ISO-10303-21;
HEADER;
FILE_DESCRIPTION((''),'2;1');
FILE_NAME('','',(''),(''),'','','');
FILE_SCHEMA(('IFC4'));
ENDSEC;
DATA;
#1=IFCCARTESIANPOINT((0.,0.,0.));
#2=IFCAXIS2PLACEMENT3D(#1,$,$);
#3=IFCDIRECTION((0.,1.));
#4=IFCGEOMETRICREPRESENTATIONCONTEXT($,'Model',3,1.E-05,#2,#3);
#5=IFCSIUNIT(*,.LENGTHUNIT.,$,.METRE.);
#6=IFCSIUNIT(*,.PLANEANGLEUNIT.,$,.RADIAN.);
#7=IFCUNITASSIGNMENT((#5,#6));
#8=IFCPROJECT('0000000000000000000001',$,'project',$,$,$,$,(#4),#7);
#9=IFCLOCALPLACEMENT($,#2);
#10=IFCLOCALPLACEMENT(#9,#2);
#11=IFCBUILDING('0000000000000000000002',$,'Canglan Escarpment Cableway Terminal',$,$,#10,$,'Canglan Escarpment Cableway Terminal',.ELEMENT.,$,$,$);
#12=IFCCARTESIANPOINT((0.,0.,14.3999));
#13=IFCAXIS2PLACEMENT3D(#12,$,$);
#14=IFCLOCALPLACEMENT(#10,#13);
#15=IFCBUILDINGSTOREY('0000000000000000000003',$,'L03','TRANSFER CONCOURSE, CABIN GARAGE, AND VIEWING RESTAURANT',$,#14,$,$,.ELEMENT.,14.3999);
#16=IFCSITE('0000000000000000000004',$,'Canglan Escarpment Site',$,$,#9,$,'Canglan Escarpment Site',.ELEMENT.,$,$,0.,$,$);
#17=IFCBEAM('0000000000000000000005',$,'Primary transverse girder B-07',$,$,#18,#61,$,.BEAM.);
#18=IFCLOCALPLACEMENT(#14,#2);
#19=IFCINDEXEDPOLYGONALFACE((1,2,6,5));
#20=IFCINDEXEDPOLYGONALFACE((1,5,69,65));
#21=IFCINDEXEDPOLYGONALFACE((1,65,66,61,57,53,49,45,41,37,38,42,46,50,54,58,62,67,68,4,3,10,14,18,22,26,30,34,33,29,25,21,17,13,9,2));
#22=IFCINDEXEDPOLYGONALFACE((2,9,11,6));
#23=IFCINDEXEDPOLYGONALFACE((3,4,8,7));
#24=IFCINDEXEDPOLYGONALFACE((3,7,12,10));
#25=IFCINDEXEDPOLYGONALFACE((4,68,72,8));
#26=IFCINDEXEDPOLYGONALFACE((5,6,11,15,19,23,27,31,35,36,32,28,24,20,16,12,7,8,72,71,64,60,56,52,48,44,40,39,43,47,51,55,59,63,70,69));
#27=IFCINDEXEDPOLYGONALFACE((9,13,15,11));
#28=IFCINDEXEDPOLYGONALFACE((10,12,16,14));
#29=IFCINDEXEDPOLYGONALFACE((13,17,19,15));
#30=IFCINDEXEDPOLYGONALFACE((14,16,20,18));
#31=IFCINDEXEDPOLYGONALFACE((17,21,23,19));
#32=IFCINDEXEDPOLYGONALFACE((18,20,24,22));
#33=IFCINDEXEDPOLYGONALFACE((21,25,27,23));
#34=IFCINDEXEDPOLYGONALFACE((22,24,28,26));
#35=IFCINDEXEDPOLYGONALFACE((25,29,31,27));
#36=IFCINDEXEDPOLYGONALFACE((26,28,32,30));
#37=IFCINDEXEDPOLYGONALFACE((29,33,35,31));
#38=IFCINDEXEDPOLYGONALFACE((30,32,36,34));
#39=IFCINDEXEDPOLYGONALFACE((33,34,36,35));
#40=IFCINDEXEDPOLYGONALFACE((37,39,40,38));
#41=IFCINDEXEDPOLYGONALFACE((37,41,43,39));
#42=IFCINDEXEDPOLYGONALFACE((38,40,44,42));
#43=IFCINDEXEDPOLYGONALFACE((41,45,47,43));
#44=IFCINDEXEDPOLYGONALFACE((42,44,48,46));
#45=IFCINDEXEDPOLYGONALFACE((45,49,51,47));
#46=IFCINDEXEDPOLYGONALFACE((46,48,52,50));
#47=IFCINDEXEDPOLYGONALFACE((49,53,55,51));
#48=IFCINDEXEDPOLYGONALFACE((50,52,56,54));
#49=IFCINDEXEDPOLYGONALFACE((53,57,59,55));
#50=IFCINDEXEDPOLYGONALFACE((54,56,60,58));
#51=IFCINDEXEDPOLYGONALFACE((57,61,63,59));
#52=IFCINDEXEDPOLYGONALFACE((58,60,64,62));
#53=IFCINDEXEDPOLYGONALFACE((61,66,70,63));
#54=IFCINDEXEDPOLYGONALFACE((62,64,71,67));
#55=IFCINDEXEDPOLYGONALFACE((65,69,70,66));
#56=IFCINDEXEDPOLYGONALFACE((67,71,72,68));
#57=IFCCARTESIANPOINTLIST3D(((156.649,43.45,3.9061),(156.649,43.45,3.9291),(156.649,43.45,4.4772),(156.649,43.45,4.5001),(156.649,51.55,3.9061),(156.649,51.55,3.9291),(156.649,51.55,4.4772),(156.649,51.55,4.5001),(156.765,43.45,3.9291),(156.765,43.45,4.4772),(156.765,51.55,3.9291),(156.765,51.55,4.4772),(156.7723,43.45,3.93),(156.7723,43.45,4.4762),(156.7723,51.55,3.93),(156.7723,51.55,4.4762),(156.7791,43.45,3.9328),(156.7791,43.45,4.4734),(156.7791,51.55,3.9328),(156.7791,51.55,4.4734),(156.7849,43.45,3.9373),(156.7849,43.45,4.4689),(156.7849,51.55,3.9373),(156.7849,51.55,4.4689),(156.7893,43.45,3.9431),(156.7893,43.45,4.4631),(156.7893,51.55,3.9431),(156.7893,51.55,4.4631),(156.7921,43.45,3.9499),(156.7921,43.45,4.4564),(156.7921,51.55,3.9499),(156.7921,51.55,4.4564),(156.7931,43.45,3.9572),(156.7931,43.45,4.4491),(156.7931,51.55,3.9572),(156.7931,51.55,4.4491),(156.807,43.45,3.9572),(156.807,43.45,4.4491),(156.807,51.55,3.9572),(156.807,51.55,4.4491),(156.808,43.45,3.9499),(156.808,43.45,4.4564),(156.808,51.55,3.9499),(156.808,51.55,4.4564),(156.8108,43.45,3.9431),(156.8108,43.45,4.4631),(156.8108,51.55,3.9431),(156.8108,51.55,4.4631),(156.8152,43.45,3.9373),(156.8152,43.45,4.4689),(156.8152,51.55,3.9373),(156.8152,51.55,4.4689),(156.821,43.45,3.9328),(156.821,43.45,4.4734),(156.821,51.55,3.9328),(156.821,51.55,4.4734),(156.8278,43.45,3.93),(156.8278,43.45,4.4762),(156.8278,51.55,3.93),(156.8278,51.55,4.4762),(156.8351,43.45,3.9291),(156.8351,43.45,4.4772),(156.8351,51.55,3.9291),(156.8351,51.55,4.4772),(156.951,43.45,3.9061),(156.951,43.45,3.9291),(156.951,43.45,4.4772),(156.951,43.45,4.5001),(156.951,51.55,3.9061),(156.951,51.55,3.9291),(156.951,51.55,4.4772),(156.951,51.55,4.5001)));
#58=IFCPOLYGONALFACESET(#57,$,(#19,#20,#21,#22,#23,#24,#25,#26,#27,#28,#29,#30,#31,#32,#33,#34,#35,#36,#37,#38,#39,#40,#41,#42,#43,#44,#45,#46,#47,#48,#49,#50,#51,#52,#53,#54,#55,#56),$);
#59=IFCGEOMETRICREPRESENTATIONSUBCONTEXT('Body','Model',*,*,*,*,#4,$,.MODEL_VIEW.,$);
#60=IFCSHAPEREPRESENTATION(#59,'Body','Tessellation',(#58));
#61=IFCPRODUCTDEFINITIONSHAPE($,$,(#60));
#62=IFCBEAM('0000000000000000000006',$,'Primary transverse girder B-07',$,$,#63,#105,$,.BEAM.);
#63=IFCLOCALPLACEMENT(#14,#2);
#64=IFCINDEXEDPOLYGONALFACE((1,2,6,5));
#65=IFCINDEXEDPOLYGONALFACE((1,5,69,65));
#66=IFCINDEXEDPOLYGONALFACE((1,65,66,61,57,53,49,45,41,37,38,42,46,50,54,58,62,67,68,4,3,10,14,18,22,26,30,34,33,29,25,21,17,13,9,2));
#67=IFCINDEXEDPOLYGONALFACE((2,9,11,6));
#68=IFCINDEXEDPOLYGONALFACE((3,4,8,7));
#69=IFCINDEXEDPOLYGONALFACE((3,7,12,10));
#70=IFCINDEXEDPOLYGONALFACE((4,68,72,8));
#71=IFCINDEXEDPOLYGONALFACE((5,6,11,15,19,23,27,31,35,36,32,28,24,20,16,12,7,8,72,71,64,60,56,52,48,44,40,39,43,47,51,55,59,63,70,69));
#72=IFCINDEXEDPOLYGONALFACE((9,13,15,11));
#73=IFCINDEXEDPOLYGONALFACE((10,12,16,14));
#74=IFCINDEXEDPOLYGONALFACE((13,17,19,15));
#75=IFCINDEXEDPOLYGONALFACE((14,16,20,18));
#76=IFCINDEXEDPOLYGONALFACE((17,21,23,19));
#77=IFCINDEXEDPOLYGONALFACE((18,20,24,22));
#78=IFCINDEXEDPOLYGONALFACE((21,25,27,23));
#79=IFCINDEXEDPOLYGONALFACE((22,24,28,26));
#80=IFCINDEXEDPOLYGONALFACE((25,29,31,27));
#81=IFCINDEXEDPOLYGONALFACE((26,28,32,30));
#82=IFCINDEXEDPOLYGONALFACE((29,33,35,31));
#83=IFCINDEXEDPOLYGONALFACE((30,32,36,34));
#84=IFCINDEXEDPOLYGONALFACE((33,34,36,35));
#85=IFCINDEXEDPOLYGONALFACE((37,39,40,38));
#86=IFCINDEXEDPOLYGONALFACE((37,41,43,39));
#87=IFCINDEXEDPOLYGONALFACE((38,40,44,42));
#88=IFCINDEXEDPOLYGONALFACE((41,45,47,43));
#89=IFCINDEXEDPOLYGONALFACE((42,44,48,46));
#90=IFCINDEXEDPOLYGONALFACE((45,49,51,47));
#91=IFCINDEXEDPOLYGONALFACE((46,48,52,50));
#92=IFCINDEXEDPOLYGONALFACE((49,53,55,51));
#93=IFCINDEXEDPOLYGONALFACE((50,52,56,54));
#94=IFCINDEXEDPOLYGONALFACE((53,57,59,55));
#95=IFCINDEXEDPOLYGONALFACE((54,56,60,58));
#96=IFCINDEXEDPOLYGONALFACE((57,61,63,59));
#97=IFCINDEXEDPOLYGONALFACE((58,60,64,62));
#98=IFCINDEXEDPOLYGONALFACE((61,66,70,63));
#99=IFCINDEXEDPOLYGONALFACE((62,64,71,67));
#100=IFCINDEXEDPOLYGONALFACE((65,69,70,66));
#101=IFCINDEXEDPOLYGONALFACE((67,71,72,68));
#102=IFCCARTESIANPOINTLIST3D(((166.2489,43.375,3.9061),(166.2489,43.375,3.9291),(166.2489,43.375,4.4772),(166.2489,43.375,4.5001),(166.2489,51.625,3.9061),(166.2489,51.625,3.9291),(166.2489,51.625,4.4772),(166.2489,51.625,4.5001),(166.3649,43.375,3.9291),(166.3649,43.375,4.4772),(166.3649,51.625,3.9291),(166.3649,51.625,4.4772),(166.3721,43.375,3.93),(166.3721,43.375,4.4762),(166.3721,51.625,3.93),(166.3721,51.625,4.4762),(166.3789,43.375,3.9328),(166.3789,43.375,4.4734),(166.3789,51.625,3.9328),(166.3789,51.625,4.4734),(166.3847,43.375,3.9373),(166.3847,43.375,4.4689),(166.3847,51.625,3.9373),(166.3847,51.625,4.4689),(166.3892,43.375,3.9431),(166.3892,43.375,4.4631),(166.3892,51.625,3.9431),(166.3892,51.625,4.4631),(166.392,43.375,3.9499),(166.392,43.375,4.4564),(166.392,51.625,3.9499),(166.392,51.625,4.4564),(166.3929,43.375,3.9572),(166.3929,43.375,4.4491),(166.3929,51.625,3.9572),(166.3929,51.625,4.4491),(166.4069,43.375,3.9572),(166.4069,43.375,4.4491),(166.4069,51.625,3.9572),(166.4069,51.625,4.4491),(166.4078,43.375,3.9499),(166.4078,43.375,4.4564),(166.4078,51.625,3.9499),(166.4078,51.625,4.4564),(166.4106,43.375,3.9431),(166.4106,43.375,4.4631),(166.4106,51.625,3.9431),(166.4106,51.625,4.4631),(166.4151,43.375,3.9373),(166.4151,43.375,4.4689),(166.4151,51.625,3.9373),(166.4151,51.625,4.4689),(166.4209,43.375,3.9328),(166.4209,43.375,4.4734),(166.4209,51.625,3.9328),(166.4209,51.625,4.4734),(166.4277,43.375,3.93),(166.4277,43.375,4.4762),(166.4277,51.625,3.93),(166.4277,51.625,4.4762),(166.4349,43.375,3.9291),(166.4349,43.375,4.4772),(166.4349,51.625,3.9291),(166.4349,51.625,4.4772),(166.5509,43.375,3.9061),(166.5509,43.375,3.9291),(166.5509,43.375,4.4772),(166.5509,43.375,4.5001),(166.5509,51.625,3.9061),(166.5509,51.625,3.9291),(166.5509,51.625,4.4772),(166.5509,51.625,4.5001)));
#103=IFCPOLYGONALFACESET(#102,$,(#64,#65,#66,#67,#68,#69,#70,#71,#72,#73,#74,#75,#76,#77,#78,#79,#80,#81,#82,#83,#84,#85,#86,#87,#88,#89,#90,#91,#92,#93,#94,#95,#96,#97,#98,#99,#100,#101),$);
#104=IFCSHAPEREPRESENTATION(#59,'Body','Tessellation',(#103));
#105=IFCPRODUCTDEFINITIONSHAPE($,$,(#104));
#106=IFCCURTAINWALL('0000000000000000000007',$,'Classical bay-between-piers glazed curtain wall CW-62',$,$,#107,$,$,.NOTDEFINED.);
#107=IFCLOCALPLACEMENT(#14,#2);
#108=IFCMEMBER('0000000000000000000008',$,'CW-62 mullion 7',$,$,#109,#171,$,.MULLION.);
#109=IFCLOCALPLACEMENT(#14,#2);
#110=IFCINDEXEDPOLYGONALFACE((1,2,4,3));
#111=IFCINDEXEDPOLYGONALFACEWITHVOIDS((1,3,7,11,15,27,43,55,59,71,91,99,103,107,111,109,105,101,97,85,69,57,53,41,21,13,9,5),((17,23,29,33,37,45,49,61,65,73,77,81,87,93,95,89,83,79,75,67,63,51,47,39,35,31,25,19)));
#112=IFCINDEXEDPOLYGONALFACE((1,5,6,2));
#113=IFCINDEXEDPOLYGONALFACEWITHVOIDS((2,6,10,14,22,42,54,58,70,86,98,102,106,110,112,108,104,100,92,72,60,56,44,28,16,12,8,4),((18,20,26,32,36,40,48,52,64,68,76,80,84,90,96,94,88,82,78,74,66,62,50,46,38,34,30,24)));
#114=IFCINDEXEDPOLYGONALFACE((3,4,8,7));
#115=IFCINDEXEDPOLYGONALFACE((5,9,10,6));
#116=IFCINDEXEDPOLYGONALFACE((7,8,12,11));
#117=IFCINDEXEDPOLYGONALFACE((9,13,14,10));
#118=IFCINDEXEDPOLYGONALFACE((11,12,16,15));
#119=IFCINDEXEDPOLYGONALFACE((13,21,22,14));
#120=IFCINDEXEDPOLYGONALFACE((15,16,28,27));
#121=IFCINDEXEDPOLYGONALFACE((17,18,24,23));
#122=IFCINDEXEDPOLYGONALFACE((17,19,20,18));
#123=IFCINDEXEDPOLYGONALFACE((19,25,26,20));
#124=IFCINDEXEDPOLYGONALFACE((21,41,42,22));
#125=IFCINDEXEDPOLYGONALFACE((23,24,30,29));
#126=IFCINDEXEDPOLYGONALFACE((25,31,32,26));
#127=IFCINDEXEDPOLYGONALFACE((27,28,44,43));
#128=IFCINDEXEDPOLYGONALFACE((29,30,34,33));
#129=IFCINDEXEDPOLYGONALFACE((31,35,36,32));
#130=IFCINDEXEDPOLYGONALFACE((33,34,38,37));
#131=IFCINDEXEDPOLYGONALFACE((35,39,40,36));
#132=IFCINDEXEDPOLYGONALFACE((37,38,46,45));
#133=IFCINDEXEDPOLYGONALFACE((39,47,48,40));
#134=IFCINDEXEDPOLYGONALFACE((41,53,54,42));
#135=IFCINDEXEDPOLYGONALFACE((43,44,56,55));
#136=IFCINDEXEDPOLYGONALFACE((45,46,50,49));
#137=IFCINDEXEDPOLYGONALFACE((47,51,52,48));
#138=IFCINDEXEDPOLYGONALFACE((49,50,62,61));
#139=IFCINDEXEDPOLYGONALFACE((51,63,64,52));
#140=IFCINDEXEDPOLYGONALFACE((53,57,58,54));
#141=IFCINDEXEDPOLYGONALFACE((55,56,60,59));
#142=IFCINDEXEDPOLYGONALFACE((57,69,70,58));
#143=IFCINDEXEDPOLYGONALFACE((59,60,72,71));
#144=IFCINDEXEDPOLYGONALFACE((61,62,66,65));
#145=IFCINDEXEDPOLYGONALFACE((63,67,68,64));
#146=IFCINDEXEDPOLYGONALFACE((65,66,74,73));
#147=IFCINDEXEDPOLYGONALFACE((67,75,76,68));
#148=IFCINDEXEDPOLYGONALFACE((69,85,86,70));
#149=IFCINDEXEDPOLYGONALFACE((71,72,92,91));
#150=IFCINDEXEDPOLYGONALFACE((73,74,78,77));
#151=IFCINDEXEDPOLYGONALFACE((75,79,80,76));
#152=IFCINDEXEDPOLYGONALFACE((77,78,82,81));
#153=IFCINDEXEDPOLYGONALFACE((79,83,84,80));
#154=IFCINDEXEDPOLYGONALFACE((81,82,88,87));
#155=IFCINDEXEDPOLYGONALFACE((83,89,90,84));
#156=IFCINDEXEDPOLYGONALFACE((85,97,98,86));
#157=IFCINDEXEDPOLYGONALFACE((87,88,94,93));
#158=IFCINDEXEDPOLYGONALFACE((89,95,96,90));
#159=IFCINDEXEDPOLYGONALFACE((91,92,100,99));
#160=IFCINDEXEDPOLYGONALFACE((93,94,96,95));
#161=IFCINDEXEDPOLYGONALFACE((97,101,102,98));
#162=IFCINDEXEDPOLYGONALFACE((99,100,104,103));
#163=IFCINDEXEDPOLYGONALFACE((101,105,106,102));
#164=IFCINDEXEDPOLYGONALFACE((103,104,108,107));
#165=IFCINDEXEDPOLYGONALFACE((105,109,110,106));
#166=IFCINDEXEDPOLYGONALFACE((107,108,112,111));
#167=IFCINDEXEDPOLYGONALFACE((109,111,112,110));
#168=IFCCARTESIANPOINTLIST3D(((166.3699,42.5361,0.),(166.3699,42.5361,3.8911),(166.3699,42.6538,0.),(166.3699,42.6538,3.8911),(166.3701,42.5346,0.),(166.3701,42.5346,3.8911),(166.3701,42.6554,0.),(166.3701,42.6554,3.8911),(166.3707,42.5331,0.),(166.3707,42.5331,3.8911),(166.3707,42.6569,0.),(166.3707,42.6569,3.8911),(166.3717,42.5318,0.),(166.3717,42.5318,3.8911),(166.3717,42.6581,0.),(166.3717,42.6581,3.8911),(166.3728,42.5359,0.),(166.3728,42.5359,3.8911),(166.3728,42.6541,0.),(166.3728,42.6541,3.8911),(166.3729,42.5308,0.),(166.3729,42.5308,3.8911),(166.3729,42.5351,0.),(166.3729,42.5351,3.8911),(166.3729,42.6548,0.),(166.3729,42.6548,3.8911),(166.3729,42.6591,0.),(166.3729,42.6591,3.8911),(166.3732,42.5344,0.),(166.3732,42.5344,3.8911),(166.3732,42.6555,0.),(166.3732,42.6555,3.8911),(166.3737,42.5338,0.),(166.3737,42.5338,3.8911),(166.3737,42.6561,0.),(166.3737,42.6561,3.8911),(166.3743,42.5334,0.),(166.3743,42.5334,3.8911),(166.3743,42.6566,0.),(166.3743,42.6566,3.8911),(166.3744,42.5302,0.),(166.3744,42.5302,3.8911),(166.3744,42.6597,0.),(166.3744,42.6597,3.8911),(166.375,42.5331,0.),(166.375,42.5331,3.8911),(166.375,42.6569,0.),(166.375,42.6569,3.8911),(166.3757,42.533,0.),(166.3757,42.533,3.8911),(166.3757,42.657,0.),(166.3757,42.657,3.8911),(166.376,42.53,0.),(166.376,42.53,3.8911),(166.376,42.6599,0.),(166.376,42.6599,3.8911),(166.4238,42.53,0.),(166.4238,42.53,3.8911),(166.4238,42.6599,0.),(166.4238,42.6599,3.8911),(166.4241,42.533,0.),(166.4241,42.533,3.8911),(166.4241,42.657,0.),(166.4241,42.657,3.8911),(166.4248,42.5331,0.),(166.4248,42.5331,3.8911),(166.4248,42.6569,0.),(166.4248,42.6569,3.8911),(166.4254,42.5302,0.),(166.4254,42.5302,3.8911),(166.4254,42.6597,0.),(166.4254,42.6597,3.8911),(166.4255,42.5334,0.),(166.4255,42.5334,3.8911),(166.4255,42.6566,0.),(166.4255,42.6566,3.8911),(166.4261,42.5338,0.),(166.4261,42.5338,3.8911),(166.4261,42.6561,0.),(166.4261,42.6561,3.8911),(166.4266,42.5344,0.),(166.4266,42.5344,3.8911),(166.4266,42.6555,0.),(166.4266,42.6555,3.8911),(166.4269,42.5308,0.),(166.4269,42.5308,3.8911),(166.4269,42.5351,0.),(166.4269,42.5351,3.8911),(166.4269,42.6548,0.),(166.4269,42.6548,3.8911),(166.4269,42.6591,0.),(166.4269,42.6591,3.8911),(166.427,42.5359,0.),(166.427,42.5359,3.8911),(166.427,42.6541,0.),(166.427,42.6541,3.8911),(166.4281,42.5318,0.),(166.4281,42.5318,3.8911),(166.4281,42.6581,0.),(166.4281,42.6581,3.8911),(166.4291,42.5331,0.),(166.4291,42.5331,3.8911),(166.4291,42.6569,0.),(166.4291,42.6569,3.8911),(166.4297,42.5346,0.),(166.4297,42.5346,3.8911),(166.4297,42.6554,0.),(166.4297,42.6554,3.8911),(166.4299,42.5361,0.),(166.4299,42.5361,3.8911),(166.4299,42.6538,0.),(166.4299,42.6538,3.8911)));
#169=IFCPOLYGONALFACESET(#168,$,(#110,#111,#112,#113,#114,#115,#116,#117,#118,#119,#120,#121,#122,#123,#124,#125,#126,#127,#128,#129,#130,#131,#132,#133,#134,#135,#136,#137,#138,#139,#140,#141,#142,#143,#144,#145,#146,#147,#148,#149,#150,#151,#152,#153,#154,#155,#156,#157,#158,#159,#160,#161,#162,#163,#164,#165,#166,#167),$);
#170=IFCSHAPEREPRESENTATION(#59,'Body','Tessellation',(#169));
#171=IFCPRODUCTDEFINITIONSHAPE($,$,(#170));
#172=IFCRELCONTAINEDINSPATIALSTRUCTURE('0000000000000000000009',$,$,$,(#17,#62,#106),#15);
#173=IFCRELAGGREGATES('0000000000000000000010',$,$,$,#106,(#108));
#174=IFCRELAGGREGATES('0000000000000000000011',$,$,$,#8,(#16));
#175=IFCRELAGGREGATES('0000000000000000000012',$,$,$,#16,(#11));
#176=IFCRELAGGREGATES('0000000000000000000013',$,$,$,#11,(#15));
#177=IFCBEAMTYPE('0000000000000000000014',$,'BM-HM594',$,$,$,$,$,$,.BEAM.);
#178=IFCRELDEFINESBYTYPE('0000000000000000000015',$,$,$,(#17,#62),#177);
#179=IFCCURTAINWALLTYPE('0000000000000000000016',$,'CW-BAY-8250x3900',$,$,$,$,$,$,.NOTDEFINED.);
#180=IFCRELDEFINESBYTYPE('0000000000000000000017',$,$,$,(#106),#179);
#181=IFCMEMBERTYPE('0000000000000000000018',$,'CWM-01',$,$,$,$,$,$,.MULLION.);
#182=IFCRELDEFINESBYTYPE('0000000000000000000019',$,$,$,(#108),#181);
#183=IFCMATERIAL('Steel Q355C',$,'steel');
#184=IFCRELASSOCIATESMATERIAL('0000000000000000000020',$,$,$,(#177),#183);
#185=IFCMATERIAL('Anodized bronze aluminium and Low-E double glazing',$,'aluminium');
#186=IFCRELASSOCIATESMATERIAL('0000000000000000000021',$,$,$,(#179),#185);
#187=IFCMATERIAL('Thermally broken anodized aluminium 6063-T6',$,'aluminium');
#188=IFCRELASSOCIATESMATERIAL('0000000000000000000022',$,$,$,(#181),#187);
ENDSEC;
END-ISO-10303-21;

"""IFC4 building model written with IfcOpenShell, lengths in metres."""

from ifc_helpers import new_model, si_unit, direction, frame, origin, origin_2d, place, context, subcontext, project, spatial, hollow_rectangle, i_section, extrude, material, material_profile, profile_set, type_object, element, aggregate, save


model = new_model("IFC4")

# Units and contexts
model_context = context("Model", 3, precision=1e-05, world=origin(), true_north=direction((0.0, 1.0)))
body_context = subcontext(model_context, "Body", "Model", "MODEL_VIEW")
ifc_project = project(units=[si_unit("LENGTHUNIT", "METRE"), si_unit("PLANEANGLEUNIT", "RADIAN")], contexts=[model_context])

# Site, building, storey
site_placement = place(None, origin())
site = spatial("IfcSite", under=ifc_project, at=site_placement, Name="Canglan Escarpment Site", LongName="Canglan Escarpment Site", CompositionType="ELEMENT", RefElevation=0.0)
building_placement = place(site_placement, origin())
building = spatial("IfcBuilding", under=site, at=building_placement, Name="Canglan Escarpment Cableway Terminal", LongName="Canglan Escarpment Cableway Terminal", CompositionType="ELEMENT")
storey_placement = place(building_placement, frame((0.0, 0.0, 14.3999)))
storey = spatial("IfcBuildingStorey", under=building, at=storey_placement, Name="L03", Description="TRANSFER CONCOURSE, CABIN GARAGE, AND VIEWING RESTAURANT", CompositionType="ELEMENT", Elevation=14.3999)

# Beams
ifc_material_1 = material(Name="Steel Q355C", Category="steel")
ifc_material_profile_1 = material_profile(ifc_material_1, i_section(OverallWidth=0.302, OverallDepth=0.594, WebThickness=0.0139, FlangeThickness=0.0229, FilletRadius=0.0281, at=origin_2d()), Name="HM 594x302x14x23")
ifc_profile_set_1 = profile_set([ifc_material_profile_1], Name="Steel Q355C")
beam_type = type_object("IfcBeamType", Name="BM-HM594", PredefinedType="BEAM", material=ifc_profile_set_1)
beam_1_placement = place(storey_placement, frame((156.8, 43.45, 4.2031), z_axis=(0.0, 1.0, 0.0), x_axis=(-1.0, 0.0, 0.0)))
element("IfcBeam", 1, at=beam_1_placement, inside=storey, type_object=beam_type, Name="Primary transverse girder B-07", PredefinedType="BEAM", context=body_context, shape_type="SweptSolid", body=[
    extrude(i_section(OverallWidth=0.302, OverallDepth=0.594, WebThickness=0.0139, FlangeThickness=0.0229, FilletRadius=0.0281, at=origin_2d()), origin(), (0.0, 0.0, 1.0), 8.1001),
])
beam_2_placement = place(storey_placement, frame((166.3999, 43.375, 4.2031), z_axis=(0.0, 1.0, 0.0), x_axis=(-1.0, 0.0, 0.0)))
element("IfcBeam", 2, at=beam_2_placement, inside=storey, type_object=beam_type, Name="Primary transverse girder B-07", PredefinedType="BEAM", context=body_context, shape_type="SweptSolid", body=[
    extrude(i_section(OverallWidth=0.302, OverallDepth=0.594, WebThickness=0.0139, FlangeThickness=0.0229, FilletRadius=0.0281, at=origin_2d()), origin(), (0.0, 0.0, 1.0), 8.25),
])

# Curtain wall, member
ifc_material_2 = material(Name="Anodized bronze aluminium and Low-E double glazing", Category="aluminium")
curtain_wall_type = type_object("IfcCurtainWallType", Name="CW-BAY-8250x3900", PredefinedType="NOTDEFINED", material=ifc_material_2)
curtain_wall_1_placement = place(storey_placement, origin())
curtain_wall_1 = element("IfcCurtainWall", 3, at=curtain_wall_1_placement, inside=storey, type_object=curtain_wall_type, Name="Classical bay-between-piers glazed curtain wall CW-62", PredefinedType="NOTDEFINED")
ifc_material_3 = material(Name="Thermally broken anodized aluminium 6063-T6", Category="aluminium")
ifc_material_profile_2 = material_profile(ifc_material_3, hollow_rectangle(XDim=0.0601, YDim=0.1299, WallThickness=0.0029, InnerFilletRadius=0.0029, OuterFilletRadius=0.0061, at=origin_2d()), Name="ALU-MULL 60x130x3")
ifc_profile_set_2 = profile_set([ifc_material_profile_2], Name="Thermally broken anodized aluminium 6063-T6")
member_type_1 = type_object("IfcMemberType", Name="CWM-01", PredefinedType="MULLION", material=ifc_profile_set_2)
member_1_placement = place(storey_placement, frame((166.3999, 42.595, 0.0), z_axis=(0.0, 0.0, 1.0), x_axis=(-1.0, 0.0, 0.0)))
member_1 = element("IfcMember", 4, at=member_1_placement, type_object=member_type_1, Name="CW-62 mullion 7", PredefinedType="MULLION", context=body_context, shape_type="SweptSolid", body=[
    extrude(hollow_rectangle(XDim=0.0601, YDim=0.1299, WallThickness=0.0029, InnerFilletRadius=0.0029, OuterFilletRadius=0.0061, at=origin_2d()), origin(), (0.0, 0.0, 1.0), 3.8911),
])

aggregate(curtain_wall_1, [member_1])

save(model, "model.ifc")
